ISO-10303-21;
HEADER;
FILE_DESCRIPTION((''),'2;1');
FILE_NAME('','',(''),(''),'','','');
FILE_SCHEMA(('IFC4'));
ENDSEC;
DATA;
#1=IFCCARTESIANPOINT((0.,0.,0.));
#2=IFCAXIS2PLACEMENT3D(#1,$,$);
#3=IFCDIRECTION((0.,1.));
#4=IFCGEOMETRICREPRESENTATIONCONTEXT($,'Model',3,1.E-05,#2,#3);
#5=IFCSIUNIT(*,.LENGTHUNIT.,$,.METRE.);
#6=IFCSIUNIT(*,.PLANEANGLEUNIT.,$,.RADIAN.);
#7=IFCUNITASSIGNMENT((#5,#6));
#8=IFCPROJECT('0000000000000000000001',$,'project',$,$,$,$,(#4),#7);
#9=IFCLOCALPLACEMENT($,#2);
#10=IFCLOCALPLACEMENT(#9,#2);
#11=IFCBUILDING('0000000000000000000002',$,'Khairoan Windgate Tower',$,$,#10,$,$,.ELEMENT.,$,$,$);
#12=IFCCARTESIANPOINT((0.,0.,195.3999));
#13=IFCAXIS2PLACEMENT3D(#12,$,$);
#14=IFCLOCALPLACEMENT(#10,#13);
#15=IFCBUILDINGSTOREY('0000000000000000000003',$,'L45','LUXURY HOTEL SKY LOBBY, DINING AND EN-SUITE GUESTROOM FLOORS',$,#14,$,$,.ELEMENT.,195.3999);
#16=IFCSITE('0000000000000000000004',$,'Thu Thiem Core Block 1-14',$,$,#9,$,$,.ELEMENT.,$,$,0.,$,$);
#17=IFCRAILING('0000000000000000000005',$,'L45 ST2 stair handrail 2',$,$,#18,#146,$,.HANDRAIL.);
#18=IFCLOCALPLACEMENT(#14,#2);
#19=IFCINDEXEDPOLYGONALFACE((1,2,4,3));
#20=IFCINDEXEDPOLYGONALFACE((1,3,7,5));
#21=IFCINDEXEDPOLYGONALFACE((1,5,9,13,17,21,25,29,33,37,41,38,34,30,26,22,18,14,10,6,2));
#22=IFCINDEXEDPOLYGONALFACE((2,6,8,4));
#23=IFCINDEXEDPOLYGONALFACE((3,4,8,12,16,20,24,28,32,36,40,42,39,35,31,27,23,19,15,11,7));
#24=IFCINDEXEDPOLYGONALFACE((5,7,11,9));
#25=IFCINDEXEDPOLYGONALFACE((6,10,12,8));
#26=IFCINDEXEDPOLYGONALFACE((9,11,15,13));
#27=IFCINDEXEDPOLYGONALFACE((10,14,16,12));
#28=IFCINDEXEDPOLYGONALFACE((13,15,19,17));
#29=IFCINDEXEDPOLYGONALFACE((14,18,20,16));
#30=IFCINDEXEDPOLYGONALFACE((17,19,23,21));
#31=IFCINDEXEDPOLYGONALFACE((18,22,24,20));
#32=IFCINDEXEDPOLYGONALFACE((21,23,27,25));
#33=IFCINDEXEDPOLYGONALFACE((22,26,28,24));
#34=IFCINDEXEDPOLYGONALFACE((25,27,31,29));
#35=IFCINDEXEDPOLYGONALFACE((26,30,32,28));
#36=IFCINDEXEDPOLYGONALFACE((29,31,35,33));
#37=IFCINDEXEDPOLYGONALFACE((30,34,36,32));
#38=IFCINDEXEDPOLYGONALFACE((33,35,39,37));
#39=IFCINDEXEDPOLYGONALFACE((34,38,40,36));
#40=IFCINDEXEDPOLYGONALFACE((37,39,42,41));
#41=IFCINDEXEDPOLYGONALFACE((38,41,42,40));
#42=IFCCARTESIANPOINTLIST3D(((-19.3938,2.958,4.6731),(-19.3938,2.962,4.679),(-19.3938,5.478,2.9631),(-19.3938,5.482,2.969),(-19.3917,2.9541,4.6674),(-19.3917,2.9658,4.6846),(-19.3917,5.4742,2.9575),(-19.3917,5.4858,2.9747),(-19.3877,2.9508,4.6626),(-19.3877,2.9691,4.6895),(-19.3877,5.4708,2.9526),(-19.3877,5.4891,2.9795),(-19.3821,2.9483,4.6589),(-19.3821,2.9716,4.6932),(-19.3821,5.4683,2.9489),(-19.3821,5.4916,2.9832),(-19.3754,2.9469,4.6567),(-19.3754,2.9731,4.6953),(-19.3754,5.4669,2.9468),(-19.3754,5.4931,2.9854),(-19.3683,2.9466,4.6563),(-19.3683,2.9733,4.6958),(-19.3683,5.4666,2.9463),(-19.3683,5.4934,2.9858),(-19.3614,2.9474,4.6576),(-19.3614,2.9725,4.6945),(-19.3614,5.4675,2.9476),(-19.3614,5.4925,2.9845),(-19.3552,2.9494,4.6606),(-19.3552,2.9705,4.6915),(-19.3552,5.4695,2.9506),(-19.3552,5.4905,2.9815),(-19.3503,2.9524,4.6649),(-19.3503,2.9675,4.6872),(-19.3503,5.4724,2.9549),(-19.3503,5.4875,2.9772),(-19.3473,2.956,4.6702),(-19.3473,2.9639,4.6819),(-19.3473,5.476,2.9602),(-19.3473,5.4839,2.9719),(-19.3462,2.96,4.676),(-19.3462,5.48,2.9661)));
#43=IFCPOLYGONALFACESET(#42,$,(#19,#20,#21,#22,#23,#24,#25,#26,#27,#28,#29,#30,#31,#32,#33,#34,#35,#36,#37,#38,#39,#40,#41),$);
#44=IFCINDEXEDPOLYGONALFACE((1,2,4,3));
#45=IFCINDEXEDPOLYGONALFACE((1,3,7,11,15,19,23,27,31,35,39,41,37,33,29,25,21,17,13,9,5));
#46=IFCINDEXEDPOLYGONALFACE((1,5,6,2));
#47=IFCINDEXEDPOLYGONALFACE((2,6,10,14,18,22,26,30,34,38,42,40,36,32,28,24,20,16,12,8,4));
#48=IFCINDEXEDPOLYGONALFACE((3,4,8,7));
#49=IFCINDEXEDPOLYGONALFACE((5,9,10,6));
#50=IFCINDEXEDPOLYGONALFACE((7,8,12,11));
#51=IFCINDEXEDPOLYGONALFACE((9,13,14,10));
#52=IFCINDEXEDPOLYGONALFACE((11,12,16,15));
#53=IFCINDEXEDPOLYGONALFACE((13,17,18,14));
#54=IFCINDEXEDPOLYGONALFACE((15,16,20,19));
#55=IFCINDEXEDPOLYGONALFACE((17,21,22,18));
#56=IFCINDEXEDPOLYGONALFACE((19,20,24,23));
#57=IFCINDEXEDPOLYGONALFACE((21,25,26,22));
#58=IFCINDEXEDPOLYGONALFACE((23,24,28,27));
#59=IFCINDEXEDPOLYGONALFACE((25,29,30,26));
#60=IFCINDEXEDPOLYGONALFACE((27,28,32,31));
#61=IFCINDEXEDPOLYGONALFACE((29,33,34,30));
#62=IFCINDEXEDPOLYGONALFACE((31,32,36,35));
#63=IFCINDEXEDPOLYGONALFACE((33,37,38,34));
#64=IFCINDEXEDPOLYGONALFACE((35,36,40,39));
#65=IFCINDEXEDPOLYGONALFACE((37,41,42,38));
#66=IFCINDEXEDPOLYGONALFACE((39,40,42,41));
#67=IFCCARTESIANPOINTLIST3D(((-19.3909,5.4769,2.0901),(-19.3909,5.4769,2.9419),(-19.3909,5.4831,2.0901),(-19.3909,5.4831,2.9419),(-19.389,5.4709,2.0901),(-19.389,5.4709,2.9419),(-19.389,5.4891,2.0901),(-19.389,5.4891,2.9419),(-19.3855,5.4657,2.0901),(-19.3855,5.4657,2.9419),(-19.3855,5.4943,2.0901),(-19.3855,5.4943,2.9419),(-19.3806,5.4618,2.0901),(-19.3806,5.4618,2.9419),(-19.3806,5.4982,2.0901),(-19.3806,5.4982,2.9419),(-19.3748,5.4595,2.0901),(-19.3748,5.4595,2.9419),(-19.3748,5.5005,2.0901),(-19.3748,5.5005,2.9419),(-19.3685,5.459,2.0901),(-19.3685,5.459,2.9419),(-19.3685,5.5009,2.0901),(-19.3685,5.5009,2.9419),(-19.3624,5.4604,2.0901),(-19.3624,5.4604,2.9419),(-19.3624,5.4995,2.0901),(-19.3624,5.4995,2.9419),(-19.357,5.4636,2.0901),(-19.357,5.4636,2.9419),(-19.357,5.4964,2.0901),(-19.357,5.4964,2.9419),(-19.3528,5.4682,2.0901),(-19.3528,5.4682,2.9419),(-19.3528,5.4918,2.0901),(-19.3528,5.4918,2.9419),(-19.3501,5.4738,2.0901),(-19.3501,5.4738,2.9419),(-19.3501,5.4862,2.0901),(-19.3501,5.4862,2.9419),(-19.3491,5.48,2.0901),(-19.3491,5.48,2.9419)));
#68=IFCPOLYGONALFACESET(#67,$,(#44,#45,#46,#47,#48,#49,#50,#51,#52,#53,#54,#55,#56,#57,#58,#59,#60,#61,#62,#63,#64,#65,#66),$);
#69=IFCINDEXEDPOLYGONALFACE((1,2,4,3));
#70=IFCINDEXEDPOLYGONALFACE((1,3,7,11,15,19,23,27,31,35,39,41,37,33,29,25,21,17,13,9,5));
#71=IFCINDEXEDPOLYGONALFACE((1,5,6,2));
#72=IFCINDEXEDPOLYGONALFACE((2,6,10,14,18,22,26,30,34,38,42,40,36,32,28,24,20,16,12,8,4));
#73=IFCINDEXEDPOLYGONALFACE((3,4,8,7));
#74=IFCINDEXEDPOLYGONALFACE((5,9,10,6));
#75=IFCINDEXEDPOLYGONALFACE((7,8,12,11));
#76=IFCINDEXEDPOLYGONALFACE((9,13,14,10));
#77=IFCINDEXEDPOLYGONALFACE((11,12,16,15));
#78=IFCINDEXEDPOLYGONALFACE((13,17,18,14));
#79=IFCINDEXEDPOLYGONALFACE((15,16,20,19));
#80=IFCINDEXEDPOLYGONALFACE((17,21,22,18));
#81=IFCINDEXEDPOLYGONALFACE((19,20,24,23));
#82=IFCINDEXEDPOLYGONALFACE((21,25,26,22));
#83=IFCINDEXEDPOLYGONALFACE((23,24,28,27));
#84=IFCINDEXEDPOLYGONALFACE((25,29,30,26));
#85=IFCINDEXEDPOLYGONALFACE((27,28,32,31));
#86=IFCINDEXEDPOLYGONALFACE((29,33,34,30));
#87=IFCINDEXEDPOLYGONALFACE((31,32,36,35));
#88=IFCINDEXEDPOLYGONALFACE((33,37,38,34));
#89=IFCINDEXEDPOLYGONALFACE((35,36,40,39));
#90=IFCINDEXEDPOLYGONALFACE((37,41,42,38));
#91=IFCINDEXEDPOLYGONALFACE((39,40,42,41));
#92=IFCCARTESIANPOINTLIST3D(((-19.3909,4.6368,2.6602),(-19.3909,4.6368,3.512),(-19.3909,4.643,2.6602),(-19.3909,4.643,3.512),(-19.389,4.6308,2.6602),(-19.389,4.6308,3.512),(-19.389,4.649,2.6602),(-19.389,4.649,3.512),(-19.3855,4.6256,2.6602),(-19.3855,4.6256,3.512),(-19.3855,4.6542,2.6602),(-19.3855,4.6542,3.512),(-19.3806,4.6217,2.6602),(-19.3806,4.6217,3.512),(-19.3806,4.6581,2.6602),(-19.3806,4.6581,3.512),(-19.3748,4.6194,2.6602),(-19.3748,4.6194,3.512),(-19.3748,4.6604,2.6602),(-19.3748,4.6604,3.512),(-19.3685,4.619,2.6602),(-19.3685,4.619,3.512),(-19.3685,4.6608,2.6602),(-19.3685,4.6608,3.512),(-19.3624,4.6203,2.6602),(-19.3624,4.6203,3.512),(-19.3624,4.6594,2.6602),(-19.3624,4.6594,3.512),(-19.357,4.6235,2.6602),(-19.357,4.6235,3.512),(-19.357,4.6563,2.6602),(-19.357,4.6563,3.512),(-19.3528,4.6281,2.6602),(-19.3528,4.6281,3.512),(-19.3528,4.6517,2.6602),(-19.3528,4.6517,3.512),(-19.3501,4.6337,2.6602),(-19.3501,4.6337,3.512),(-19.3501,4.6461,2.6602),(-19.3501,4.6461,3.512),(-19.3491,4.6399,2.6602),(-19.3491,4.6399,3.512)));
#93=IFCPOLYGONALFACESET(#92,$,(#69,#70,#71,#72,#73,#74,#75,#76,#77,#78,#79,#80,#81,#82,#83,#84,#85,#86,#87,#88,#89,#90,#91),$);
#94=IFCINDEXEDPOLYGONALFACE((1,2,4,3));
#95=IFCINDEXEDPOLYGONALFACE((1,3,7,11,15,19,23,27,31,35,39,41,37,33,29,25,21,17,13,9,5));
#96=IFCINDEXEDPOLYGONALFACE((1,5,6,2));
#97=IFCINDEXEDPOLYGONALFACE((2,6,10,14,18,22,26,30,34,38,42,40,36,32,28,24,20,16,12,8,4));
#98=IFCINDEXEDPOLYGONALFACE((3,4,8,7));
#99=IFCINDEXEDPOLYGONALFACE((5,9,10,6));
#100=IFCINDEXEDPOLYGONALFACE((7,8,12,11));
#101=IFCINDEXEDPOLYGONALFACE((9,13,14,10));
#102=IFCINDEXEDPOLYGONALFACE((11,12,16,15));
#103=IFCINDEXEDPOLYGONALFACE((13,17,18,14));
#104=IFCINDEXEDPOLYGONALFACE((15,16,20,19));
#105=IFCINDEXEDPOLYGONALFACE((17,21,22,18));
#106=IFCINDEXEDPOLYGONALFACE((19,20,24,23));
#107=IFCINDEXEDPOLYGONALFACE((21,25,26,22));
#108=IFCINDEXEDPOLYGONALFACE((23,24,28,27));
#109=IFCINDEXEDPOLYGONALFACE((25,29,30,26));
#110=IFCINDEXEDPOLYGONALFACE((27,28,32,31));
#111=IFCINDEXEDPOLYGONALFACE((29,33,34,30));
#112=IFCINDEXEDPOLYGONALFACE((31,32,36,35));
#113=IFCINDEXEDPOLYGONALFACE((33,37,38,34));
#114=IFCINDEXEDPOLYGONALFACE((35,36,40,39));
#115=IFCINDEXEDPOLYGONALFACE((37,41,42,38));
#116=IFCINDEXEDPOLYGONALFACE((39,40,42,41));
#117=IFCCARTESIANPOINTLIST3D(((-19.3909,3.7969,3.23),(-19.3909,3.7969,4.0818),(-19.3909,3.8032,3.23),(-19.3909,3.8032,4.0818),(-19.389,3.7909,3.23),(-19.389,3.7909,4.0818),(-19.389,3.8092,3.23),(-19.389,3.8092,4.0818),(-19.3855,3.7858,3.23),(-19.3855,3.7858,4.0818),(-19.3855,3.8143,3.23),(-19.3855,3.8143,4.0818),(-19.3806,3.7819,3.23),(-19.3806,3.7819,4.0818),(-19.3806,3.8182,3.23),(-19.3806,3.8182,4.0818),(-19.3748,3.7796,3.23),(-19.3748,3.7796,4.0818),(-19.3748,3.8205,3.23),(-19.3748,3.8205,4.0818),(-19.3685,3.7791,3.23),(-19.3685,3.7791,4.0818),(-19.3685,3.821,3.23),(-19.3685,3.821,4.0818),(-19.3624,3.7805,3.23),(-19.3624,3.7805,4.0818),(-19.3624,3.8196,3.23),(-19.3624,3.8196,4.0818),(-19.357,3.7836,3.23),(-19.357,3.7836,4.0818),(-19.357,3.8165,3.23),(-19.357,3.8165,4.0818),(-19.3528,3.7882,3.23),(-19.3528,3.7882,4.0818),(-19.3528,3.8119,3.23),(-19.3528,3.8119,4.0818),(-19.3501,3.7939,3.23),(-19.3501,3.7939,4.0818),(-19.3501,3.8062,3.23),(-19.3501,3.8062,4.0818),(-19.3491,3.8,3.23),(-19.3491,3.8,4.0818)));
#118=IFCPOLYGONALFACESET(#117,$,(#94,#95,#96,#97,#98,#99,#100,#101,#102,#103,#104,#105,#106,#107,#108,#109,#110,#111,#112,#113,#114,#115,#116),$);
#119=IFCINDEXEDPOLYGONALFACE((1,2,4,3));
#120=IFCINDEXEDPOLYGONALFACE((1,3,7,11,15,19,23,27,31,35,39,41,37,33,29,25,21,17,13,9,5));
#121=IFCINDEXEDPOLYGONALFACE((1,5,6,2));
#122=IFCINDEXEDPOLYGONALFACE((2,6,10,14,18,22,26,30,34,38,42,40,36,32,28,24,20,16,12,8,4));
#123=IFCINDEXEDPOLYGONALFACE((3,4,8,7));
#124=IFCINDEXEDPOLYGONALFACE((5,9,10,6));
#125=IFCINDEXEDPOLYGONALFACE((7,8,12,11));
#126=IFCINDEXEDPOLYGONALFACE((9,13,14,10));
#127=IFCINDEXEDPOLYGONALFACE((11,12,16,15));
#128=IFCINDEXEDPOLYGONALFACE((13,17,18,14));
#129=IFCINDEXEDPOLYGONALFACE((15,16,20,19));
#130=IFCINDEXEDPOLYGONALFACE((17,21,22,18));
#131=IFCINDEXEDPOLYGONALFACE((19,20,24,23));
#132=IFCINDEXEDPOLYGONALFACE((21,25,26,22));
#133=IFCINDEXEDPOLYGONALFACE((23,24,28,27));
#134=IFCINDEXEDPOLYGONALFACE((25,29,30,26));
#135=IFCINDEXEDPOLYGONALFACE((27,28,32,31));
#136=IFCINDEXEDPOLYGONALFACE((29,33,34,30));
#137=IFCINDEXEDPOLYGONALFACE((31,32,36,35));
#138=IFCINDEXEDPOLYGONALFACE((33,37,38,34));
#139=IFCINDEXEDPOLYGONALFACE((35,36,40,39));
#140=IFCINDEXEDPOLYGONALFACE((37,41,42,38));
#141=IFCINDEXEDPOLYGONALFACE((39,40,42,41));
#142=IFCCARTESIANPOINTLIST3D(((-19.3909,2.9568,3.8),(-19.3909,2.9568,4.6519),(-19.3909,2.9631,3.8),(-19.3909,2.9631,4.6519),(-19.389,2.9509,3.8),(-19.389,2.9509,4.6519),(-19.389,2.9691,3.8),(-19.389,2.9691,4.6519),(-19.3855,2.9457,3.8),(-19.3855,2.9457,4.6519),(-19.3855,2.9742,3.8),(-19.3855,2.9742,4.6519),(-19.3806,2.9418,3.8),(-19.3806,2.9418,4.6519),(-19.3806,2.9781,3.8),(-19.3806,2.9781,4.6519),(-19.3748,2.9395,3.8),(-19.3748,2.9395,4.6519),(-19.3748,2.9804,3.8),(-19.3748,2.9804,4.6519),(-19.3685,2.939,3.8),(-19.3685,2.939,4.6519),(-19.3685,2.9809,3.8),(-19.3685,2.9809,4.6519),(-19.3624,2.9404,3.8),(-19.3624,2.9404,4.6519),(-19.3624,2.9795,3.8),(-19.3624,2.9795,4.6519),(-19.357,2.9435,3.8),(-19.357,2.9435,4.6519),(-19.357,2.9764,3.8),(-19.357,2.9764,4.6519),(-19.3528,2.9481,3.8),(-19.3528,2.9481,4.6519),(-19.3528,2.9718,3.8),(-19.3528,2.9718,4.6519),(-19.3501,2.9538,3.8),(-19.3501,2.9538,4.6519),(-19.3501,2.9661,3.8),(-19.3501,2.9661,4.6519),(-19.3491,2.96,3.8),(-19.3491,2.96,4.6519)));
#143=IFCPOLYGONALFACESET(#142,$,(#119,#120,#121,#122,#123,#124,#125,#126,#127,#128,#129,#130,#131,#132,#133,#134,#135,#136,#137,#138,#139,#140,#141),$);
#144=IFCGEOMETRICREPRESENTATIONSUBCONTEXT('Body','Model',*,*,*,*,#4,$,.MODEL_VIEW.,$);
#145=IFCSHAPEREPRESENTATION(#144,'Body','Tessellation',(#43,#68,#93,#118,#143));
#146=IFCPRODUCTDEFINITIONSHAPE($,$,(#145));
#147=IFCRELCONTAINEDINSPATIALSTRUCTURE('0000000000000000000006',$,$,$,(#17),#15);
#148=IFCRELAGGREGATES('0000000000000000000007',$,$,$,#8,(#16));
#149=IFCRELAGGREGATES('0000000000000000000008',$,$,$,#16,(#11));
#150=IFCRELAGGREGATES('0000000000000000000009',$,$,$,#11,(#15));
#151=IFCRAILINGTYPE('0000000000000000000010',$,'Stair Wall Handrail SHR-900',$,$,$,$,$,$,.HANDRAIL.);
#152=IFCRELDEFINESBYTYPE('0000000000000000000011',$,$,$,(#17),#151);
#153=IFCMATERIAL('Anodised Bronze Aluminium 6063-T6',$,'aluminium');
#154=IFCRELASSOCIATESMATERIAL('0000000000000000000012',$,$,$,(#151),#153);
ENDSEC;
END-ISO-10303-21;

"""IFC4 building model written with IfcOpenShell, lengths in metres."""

from ifc_helpers import new_model, si_unit, direction, frame, origin, origin_2d, place, context, subcontext, project, spatial, circle, extrude, material, type_object, element, save


model = new_model("IFC4")

# Units and contexts
model_context = context("Model", 3, precision=1e-05, world=origin(), true_north=direction((0.0, 1.0)))
body_context = subcontext(model_context, "Body", "Model", "MODEL_VIEW")
ifc_project = project(units=[si_unit("LENGTHUNIT", "METRE"), si_unit("PLANEANGLEUNIT", "RADIAN")], contexts=[model_context])

# Site, building, storey
site_placement = place(None, origin())
site = spatial("IfcSite", under=ifc_project, at=site_placement, Name="Thu Thiem Core Block 1-14", CompositionType="ELEMENT", RefElevation=0.0)
building_placement = place(site_placement, origin())
building = spatial("IfcBuilding", under=site, at=building_placement, Name="Khairoan Windgate Tower", CompositionType="ELEMENT")
storey_placement = place(building_placement, frame((0.0, 0.0, 195.3999)))
storey = spatial("IfcBuildingStorey", under=building, at=storey_placement, Name="L45", Description="LUXURY HOTEL SKY LOBBY, DINING AND EN-SUITE GUESTROOM FLOORS", CompositionType="ELEMENT", Elevation=195.3999)

# Railing
ifc_material_1 = material(Name="Anodised Bronze Aluminium 6063-T6", Category="aluminium")
railing_type_1 = type_object("IfcRailingType", Name="Stair Wall Handrail SHR-900", PredefinedType="HANDRAIL", material=ifc_material_1)
railing_1_placement = place(storey_placement, frame((-19.3701, 5.48, 2.0901)))
element("IfcRailing", 1, at=railing_1_placement, inside=storey, type_object=railing_type_1, Name="L45 ST2 stair handrail 2", PredefinedType="HANDRAIL", context=body_context, shape_type="SweptSolid", body=[
    extrude(circle(Radius=0.0239, at=origin_2d()), frame((0.0, 0.0, 0.876), z_axis=(0.0, -0.827484, 0.56149), x_axis=(1.0, 0.0, 0.0)), (0.0, 0.0, 1.0), 3.0454),
    extrude(circle(Radius=0.021, at=origin_2d()), origin(), (0.0, 0.0, 1.0), 0.8518),
    extrude(circle(Radius=0.021, at=origin_2d()), frame((0.0, -0.8401, 0.5701)), (0.0, 0.0, 1.0), 0.8518),
    extrude(circle(Radius=0.021, at=origin_2d()), frame((0.0, -1.6799, 1.1399)), (0.0, 0.0, 1.0), 0.8518),
    extrude(circle(Radius=0.021, at=origin_2d()), frame((0.0, -2.52, 1.71)), (0.0, 0.0, 1.0), 0.8518),
])

save(model, "model.ifc")
